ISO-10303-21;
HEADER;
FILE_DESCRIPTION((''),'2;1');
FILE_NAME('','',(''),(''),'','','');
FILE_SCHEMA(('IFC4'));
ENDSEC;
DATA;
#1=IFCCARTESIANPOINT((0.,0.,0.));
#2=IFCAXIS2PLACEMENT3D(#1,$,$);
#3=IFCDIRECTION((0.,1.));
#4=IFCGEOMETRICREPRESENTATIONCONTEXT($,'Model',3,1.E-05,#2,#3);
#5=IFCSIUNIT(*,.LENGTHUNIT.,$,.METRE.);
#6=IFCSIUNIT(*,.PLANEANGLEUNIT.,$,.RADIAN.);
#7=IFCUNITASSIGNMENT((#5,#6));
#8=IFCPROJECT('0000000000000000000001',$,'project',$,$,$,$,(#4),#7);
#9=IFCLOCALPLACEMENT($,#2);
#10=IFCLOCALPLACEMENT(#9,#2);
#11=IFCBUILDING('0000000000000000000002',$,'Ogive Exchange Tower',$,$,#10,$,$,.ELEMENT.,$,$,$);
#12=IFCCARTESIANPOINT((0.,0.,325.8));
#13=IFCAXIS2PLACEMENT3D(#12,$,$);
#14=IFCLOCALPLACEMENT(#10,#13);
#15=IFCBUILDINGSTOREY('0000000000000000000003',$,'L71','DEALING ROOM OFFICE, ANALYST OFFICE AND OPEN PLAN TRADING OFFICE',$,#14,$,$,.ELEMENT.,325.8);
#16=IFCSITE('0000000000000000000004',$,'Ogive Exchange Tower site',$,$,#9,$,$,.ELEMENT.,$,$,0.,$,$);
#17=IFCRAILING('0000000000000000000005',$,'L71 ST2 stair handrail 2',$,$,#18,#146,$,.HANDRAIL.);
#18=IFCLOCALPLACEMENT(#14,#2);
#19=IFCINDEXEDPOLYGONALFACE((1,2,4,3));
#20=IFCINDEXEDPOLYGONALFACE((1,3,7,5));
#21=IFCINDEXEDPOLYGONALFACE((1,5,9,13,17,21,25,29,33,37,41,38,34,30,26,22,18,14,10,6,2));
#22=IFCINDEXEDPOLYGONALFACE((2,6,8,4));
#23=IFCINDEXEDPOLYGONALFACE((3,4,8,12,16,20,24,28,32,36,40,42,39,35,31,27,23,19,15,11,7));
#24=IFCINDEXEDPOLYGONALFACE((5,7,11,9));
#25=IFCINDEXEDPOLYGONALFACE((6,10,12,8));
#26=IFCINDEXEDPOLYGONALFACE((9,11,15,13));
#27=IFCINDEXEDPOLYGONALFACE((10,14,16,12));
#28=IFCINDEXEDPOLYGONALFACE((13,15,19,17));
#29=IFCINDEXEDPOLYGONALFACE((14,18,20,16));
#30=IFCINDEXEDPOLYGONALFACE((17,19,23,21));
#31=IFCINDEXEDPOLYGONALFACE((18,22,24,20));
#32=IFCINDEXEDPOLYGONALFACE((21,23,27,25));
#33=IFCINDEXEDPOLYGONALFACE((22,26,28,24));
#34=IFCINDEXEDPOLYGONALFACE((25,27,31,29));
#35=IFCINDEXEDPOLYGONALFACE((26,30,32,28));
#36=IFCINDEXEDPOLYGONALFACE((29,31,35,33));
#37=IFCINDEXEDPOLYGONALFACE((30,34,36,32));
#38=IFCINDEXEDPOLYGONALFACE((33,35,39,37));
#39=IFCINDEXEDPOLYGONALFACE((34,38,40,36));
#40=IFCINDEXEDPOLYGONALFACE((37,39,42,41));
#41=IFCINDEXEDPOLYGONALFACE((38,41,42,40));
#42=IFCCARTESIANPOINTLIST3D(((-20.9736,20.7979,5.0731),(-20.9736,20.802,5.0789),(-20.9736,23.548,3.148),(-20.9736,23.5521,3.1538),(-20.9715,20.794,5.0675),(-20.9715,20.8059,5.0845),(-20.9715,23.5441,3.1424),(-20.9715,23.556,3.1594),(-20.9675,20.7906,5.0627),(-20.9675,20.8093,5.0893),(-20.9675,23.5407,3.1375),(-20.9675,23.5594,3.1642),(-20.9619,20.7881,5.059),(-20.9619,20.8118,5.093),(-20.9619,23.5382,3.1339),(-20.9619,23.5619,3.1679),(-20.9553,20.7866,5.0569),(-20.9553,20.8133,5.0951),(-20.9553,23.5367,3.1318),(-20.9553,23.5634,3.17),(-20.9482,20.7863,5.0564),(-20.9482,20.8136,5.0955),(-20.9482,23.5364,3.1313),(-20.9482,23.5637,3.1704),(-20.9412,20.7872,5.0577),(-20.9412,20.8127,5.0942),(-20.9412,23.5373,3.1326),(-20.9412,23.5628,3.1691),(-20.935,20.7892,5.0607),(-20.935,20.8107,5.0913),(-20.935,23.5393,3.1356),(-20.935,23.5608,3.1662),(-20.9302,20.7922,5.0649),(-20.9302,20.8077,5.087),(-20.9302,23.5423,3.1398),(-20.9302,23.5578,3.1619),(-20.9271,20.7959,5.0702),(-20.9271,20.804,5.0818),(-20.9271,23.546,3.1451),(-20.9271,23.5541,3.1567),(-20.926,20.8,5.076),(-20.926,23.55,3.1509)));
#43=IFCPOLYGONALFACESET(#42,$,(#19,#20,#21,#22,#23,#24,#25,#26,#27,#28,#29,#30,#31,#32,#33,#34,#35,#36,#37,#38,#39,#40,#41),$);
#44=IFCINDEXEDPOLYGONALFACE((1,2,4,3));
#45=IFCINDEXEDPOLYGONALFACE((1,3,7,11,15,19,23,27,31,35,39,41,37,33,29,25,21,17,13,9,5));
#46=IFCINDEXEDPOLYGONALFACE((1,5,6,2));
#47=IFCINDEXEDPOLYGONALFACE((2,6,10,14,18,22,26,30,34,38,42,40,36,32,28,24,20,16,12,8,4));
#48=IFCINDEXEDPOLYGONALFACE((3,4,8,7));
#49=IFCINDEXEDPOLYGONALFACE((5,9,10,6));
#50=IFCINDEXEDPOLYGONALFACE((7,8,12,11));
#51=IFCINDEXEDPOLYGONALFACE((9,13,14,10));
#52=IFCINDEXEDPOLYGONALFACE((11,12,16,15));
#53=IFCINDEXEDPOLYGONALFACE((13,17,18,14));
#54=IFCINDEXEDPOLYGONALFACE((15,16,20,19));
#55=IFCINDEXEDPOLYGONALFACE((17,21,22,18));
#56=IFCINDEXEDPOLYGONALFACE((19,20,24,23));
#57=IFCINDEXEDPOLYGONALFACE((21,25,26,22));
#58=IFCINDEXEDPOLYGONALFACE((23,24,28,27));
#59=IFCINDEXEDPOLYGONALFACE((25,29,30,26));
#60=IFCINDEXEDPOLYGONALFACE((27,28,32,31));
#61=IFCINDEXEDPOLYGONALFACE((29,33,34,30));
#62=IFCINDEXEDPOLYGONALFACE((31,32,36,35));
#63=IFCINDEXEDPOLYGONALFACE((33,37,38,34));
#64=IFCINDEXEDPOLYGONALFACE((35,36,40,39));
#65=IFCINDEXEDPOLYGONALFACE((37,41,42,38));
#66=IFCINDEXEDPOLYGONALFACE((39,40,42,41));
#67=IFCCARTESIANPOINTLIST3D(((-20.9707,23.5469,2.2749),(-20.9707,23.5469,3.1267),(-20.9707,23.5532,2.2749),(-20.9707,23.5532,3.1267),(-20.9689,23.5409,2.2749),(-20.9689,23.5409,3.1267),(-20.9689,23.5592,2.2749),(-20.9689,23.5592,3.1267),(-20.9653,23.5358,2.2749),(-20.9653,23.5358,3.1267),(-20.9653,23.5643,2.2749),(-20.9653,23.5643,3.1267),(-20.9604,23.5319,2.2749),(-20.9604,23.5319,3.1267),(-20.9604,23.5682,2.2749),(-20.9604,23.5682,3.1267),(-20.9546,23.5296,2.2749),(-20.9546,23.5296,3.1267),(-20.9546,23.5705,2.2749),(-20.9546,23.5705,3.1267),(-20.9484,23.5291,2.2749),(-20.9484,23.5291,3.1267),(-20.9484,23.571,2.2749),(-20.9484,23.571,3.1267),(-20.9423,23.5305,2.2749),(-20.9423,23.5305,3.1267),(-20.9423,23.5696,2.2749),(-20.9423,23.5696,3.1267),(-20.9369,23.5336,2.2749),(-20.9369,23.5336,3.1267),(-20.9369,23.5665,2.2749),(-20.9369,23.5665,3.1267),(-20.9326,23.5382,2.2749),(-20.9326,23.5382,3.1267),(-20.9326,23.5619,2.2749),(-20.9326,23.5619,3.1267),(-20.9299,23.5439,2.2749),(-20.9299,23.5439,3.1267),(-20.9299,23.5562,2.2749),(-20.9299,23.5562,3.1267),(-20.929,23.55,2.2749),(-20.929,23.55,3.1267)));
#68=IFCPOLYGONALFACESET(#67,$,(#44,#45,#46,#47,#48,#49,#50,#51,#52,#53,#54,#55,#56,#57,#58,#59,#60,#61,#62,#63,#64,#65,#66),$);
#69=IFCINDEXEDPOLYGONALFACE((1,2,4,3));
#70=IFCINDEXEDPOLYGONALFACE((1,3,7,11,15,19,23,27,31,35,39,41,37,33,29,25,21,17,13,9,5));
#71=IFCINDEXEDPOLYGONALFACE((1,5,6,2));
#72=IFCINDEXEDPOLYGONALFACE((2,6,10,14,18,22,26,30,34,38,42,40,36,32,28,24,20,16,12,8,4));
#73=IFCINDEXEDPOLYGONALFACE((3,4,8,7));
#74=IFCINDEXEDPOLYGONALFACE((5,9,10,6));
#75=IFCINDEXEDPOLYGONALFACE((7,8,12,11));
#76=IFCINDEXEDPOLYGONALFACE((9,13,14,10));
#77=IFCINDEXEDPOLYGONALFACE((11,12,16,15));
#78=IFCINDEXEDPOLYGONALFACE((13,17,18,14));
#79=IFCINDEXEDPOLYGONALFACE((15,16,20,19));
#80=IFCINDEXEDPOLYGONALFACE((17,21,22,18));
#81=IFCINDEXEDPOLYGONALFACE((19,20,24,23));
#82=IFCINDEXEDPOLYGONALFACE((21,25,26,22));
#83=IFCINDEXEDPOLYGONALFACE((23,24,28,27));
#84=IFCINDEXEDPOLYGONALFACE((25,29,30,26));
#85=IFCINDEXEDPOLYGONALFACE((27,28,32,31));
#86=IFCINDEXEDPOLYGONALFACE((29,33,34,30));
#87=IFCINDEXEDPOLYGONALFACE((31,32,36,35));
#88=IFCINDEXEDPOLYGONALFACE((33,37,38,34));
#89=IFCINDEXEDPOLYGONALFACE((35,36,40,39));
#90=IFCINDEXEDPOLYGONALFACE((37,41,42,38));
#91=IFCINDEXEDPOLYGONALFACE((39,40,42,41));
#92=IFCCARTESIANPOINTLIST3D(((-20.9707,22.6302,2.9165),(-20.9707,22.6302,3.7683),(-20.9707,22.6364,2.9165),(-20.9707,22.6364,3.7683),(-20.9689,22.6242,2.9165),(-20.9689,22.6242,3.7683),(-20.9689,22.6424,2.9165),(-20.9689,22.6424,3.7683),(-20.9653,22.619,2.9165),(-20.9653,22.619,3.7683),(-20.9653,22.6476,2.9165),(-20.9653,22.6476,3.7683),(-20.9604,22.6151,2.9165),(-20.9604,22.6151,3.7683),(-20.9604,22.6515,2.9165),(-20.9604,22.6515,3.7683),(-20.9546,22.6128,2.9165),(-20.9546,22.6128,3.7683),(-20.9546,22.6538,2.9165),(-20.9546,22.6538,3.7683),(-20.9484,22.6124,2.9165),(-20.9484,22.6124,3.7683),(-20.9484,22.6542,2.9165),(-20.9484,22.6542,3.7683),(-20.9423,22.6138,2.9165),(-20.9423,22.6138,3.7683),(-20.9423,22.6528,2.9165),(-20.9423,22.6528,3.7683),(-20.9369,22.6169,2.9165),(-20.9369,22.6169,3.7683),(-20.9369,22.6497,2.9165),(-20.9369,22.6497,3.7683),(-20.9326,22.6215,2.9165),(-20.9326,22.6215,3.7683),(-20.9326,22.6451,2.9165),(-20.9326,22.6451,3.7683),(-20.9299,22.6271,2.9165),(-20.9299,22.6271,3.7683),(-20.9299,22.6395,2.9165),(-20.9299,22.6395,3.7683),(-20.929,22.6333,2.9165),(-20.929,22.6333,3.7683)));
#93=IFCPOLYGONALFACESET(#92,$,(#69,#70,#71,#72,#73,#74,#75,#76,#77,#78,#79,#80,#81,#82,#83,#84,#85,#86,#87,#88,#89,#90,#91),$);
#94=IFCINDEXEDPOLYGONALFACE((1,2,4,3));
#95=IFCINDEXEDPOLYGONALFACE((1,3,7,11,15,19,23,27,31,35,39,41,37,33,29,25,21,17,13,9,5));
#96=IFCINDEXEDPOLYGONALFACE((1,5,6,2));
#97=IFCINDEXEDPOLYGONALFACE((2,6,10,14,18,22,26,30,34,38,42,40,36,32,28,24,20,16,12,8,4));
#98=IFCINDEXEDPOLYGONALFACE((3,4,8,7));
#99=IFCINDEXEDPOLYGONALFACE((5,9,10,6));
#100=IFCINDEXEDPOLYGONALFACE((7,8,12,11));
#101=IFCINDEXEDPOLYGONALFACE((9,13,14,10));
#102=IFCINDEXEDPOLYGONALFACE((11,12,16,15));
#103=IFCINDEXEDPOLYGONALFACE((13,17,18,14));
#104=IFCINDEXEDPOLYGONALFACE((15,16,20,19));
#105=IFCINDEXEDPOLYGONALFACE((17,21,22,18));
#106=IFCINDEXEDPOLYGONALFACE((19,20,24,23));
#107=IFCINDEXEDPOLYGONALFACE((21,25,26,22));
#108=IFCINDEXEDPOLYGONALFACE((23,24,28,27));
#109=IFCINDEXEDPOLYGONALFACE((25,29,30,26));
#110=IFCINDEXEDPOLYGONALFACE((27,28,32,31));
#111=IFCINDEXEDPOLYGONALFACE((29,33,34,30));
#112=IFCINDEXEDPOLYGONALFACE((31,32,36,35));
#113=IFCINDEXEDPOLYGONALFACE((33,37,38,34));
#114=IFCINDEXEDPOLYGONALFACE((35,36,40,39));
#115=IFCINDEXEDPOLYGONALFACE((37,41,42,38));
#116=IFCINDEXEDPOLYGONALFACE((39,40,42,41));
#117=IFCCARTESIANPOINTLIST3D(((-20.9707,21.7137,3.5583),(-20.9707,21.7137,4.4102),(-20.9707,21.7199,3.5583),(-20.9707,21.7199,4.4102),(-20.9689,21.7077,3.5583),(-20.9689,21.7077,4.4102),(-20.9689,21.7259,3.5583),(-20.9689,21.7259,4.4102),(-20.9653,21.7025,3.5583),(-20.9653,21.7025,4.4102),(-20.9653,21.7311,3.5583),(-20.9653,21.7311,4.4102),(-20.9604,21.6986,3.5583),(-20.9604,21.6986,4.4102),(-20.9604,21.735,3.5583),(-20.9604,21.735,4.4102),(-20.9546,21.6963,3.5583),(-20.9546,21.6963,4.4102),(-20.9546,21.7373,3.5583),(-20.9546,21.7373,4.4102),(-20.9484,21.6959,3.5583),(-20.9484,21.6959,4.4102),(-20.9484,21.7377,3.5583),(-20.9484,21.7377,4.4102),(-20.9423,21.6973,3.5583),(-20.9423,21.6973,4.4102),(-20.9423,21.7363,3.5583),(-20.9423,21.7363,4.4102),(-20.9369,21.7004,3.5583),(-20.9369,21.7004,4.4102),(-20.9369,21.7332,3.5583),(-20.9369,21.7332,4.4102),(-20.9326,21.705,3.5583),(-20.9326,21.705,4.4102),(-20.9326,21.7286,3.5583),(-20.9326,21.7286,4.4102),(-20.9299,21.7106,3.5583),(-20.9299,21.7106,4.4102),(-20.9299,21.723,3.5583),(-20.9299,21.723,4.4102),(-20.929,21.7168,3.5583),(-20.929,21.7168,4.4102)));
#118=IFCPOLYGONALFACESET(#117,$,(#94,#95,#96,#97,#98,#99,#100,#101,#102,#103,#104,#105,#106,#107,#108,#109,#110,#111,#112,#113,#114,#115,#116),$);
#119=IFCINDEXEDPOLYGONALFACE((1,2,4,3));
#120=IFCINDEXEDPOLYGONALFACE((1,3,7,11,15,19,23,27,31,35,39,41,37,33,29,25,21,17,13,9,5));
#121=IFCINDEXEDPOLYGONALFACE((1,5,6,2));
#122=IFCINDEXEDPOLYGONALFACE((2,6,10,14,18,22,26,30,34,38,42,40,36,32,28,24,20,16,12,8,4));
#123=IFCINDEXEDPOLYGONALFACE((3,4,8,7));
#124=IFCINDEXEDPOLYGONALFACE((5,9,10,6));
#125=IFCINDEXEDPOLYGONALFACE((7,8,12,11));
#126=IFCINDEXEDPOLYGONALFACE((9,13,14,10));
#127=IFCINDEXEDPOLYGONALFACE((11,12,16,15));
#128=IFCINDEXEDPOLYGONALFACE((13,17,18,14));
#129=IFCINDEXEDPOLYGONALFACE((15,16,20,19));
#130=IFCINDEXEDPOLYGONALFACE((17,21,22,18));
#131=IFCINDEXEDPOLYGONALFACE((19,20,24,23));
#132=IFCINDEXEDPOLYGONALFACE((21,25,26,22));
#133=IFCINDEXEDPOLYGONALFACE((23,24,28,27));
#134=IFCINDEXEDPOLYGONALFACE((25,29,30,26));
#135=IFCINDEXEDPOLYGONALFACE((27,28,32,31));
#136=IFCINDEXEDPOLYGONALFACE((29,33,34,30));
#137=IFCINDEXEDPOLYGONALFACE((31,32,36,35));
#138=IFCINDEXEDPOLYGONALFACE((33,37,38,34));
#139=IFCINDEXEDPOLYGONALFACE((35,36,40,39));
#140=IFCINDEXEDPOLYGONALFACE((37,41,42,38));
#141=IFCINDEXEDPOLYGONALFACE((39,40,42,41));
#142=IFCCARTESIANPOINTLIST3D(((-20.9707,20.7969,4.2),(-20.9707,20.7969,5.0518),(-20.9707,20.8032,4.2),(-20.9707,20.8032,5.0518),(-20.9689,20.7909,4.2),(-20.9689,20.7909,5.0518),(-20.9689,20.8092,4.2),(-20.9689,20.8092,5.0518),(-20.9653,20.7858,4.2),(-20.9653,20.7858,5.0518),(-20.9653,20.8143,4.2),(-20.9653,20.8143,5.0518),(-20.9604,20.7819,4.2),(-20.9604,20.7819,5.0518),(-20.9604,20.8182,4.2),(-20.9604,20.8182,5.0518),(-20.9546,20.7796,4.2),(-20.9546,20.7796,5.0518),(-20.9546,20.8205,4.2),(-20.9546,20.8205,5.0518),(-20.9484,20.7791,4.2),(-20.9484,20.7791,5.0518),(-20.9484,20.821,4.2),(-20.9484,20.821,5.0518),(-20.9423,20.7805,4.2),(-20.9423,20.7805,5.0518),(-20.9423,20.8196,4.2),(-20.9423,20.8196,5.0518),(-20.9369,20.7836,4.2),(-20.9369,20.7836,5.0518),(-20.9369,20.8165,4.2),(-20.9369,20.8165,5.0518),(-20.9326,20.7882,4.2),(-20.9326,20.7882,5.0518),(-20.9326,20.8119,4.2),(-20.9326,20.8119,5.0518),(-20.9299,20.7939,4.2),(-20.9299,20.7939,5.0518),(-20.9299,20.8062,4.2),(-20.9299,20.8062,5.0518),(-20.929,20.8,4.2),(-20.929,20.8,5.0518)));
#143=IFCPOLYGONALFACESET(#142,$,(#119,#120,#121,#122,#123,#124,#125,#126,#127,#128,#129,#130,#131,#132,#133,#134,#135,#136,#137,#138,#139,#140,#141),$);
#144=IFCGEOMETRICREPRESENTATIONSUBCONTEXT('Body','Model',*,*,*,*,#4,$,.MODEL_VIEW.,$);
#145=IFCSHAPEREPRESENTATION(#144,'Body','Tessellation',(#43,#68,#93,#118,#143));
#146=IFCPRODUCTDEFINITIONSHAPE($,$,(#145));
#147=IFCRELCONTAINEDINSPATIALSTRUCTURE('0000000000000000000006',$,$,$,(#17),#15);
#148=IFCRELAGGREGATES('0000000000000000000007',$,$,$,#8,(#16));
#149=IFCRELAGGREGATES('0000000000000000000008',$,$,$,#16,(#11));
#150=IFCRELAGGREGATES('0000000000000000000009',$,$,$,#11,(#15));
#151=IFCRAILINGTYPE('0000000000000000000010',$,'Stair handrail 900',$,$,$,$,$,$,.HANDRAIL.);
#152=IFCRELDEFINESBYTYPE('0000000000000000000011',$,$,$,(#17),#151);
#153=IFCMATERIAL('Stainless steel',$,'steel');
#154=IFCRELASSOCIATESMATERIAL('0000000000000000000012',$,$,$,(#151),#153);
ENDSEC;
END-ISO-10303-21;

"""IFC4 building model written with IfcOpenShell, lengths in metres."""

from ifc_helpers import new_model, si_unit, direction, frame, origin, origin_2d, place, context, subcontext, project, spatial, circle, extrude, material, type_object, element, save


model = new_model("IFC4")

# Units and contexts
model_context = context("Model", 3, precision=1e-05, world=origin(), true_north=direction((0.0, 1.0)))
body_context = subcontext(model_context, "Body", "Model", "MODEL_VIEW")
ifc_project = project(units=[si_unit("LENGTHUNIT", "METRE"), si_unit("PLANEANGLEUNIT", "RADIAN")], contexts=[model_context])

# Site, building, storey
site_placement = place(None, origin())
site = spatial("IfcSite", under=ifc_project, at=site_placement, Name="Ogive Exchange Tower site", CompositionType="ELEMENT", RefElevation=0.0)
building_placement = place(site_placement, origin())
building = spatial("IfcBuilding", under=site, at=building_placement, Name="Ogive Exchange Tower", CompositionType="ELEMENT")
storey_placement = place(building_placement, frame((0.0, 0.0, 325.8)))
storey = spatial("IfcBuildingStorey", under=building, at=storey_placement, Name="L71", Description="DEALING ROOM OFFICE, ANALYST OFFICE AND OPEN PLAN TRADING OFFICE", CompositionType="ELEMENT", Elevation=325.8)

# Railing
ifc_material_1 = material(Name="Stainless steel", Category="steel")
railing_type = type_object("IfcRailingType", Name="Stair handrail 900", PredefinedType="HANDRAIL", material=ifc_material_1)
railing_1_placement = place(storey_placement, frame((-20.95, 23.55, 2.2749)))
element("IfcRailing", 1, at=railing_1_placement, inside=storey, type_object=railing_type, Name="L71 ST2 stair handrail 2", PredefinedType="HANDRAIL", context=body_context, shape_type="SweptSolid", body=[
    extrude(circle(Radius=0.0239, at=origin_2d()), frame((0.0, 0.0, 0.876), z_axis=(0.0, -0.819225, 0.573472), x_axis=(1.0, 0.0, 0.0)), (0.0, 0.0, 1.0), 3.3569),
    extrude(circle(Radius=0.021, at=origin_2d()), origin(), (0.0, 0.0, 1.0), 0.8518),
    extrude(circle(Radius=0.021, at=origin_2d()), frame((0.0, -0.9167, 0.6416)), (0.0, 0.0, 1.0), 0.8518),
    extrude(circle(Radius=0.021, at=origin_2d()), frame((0.0, -1.8333, 1.2834)), (0.0, 0.0, 1.0), 0.8518),
    extrude(circle(Radius=0.021, at=origin_2d()), frame((0.0, -2.75, 1.925)), (0.0, 0.0, 1.0), 0.8518),
])

save(model, "model.ifc")
